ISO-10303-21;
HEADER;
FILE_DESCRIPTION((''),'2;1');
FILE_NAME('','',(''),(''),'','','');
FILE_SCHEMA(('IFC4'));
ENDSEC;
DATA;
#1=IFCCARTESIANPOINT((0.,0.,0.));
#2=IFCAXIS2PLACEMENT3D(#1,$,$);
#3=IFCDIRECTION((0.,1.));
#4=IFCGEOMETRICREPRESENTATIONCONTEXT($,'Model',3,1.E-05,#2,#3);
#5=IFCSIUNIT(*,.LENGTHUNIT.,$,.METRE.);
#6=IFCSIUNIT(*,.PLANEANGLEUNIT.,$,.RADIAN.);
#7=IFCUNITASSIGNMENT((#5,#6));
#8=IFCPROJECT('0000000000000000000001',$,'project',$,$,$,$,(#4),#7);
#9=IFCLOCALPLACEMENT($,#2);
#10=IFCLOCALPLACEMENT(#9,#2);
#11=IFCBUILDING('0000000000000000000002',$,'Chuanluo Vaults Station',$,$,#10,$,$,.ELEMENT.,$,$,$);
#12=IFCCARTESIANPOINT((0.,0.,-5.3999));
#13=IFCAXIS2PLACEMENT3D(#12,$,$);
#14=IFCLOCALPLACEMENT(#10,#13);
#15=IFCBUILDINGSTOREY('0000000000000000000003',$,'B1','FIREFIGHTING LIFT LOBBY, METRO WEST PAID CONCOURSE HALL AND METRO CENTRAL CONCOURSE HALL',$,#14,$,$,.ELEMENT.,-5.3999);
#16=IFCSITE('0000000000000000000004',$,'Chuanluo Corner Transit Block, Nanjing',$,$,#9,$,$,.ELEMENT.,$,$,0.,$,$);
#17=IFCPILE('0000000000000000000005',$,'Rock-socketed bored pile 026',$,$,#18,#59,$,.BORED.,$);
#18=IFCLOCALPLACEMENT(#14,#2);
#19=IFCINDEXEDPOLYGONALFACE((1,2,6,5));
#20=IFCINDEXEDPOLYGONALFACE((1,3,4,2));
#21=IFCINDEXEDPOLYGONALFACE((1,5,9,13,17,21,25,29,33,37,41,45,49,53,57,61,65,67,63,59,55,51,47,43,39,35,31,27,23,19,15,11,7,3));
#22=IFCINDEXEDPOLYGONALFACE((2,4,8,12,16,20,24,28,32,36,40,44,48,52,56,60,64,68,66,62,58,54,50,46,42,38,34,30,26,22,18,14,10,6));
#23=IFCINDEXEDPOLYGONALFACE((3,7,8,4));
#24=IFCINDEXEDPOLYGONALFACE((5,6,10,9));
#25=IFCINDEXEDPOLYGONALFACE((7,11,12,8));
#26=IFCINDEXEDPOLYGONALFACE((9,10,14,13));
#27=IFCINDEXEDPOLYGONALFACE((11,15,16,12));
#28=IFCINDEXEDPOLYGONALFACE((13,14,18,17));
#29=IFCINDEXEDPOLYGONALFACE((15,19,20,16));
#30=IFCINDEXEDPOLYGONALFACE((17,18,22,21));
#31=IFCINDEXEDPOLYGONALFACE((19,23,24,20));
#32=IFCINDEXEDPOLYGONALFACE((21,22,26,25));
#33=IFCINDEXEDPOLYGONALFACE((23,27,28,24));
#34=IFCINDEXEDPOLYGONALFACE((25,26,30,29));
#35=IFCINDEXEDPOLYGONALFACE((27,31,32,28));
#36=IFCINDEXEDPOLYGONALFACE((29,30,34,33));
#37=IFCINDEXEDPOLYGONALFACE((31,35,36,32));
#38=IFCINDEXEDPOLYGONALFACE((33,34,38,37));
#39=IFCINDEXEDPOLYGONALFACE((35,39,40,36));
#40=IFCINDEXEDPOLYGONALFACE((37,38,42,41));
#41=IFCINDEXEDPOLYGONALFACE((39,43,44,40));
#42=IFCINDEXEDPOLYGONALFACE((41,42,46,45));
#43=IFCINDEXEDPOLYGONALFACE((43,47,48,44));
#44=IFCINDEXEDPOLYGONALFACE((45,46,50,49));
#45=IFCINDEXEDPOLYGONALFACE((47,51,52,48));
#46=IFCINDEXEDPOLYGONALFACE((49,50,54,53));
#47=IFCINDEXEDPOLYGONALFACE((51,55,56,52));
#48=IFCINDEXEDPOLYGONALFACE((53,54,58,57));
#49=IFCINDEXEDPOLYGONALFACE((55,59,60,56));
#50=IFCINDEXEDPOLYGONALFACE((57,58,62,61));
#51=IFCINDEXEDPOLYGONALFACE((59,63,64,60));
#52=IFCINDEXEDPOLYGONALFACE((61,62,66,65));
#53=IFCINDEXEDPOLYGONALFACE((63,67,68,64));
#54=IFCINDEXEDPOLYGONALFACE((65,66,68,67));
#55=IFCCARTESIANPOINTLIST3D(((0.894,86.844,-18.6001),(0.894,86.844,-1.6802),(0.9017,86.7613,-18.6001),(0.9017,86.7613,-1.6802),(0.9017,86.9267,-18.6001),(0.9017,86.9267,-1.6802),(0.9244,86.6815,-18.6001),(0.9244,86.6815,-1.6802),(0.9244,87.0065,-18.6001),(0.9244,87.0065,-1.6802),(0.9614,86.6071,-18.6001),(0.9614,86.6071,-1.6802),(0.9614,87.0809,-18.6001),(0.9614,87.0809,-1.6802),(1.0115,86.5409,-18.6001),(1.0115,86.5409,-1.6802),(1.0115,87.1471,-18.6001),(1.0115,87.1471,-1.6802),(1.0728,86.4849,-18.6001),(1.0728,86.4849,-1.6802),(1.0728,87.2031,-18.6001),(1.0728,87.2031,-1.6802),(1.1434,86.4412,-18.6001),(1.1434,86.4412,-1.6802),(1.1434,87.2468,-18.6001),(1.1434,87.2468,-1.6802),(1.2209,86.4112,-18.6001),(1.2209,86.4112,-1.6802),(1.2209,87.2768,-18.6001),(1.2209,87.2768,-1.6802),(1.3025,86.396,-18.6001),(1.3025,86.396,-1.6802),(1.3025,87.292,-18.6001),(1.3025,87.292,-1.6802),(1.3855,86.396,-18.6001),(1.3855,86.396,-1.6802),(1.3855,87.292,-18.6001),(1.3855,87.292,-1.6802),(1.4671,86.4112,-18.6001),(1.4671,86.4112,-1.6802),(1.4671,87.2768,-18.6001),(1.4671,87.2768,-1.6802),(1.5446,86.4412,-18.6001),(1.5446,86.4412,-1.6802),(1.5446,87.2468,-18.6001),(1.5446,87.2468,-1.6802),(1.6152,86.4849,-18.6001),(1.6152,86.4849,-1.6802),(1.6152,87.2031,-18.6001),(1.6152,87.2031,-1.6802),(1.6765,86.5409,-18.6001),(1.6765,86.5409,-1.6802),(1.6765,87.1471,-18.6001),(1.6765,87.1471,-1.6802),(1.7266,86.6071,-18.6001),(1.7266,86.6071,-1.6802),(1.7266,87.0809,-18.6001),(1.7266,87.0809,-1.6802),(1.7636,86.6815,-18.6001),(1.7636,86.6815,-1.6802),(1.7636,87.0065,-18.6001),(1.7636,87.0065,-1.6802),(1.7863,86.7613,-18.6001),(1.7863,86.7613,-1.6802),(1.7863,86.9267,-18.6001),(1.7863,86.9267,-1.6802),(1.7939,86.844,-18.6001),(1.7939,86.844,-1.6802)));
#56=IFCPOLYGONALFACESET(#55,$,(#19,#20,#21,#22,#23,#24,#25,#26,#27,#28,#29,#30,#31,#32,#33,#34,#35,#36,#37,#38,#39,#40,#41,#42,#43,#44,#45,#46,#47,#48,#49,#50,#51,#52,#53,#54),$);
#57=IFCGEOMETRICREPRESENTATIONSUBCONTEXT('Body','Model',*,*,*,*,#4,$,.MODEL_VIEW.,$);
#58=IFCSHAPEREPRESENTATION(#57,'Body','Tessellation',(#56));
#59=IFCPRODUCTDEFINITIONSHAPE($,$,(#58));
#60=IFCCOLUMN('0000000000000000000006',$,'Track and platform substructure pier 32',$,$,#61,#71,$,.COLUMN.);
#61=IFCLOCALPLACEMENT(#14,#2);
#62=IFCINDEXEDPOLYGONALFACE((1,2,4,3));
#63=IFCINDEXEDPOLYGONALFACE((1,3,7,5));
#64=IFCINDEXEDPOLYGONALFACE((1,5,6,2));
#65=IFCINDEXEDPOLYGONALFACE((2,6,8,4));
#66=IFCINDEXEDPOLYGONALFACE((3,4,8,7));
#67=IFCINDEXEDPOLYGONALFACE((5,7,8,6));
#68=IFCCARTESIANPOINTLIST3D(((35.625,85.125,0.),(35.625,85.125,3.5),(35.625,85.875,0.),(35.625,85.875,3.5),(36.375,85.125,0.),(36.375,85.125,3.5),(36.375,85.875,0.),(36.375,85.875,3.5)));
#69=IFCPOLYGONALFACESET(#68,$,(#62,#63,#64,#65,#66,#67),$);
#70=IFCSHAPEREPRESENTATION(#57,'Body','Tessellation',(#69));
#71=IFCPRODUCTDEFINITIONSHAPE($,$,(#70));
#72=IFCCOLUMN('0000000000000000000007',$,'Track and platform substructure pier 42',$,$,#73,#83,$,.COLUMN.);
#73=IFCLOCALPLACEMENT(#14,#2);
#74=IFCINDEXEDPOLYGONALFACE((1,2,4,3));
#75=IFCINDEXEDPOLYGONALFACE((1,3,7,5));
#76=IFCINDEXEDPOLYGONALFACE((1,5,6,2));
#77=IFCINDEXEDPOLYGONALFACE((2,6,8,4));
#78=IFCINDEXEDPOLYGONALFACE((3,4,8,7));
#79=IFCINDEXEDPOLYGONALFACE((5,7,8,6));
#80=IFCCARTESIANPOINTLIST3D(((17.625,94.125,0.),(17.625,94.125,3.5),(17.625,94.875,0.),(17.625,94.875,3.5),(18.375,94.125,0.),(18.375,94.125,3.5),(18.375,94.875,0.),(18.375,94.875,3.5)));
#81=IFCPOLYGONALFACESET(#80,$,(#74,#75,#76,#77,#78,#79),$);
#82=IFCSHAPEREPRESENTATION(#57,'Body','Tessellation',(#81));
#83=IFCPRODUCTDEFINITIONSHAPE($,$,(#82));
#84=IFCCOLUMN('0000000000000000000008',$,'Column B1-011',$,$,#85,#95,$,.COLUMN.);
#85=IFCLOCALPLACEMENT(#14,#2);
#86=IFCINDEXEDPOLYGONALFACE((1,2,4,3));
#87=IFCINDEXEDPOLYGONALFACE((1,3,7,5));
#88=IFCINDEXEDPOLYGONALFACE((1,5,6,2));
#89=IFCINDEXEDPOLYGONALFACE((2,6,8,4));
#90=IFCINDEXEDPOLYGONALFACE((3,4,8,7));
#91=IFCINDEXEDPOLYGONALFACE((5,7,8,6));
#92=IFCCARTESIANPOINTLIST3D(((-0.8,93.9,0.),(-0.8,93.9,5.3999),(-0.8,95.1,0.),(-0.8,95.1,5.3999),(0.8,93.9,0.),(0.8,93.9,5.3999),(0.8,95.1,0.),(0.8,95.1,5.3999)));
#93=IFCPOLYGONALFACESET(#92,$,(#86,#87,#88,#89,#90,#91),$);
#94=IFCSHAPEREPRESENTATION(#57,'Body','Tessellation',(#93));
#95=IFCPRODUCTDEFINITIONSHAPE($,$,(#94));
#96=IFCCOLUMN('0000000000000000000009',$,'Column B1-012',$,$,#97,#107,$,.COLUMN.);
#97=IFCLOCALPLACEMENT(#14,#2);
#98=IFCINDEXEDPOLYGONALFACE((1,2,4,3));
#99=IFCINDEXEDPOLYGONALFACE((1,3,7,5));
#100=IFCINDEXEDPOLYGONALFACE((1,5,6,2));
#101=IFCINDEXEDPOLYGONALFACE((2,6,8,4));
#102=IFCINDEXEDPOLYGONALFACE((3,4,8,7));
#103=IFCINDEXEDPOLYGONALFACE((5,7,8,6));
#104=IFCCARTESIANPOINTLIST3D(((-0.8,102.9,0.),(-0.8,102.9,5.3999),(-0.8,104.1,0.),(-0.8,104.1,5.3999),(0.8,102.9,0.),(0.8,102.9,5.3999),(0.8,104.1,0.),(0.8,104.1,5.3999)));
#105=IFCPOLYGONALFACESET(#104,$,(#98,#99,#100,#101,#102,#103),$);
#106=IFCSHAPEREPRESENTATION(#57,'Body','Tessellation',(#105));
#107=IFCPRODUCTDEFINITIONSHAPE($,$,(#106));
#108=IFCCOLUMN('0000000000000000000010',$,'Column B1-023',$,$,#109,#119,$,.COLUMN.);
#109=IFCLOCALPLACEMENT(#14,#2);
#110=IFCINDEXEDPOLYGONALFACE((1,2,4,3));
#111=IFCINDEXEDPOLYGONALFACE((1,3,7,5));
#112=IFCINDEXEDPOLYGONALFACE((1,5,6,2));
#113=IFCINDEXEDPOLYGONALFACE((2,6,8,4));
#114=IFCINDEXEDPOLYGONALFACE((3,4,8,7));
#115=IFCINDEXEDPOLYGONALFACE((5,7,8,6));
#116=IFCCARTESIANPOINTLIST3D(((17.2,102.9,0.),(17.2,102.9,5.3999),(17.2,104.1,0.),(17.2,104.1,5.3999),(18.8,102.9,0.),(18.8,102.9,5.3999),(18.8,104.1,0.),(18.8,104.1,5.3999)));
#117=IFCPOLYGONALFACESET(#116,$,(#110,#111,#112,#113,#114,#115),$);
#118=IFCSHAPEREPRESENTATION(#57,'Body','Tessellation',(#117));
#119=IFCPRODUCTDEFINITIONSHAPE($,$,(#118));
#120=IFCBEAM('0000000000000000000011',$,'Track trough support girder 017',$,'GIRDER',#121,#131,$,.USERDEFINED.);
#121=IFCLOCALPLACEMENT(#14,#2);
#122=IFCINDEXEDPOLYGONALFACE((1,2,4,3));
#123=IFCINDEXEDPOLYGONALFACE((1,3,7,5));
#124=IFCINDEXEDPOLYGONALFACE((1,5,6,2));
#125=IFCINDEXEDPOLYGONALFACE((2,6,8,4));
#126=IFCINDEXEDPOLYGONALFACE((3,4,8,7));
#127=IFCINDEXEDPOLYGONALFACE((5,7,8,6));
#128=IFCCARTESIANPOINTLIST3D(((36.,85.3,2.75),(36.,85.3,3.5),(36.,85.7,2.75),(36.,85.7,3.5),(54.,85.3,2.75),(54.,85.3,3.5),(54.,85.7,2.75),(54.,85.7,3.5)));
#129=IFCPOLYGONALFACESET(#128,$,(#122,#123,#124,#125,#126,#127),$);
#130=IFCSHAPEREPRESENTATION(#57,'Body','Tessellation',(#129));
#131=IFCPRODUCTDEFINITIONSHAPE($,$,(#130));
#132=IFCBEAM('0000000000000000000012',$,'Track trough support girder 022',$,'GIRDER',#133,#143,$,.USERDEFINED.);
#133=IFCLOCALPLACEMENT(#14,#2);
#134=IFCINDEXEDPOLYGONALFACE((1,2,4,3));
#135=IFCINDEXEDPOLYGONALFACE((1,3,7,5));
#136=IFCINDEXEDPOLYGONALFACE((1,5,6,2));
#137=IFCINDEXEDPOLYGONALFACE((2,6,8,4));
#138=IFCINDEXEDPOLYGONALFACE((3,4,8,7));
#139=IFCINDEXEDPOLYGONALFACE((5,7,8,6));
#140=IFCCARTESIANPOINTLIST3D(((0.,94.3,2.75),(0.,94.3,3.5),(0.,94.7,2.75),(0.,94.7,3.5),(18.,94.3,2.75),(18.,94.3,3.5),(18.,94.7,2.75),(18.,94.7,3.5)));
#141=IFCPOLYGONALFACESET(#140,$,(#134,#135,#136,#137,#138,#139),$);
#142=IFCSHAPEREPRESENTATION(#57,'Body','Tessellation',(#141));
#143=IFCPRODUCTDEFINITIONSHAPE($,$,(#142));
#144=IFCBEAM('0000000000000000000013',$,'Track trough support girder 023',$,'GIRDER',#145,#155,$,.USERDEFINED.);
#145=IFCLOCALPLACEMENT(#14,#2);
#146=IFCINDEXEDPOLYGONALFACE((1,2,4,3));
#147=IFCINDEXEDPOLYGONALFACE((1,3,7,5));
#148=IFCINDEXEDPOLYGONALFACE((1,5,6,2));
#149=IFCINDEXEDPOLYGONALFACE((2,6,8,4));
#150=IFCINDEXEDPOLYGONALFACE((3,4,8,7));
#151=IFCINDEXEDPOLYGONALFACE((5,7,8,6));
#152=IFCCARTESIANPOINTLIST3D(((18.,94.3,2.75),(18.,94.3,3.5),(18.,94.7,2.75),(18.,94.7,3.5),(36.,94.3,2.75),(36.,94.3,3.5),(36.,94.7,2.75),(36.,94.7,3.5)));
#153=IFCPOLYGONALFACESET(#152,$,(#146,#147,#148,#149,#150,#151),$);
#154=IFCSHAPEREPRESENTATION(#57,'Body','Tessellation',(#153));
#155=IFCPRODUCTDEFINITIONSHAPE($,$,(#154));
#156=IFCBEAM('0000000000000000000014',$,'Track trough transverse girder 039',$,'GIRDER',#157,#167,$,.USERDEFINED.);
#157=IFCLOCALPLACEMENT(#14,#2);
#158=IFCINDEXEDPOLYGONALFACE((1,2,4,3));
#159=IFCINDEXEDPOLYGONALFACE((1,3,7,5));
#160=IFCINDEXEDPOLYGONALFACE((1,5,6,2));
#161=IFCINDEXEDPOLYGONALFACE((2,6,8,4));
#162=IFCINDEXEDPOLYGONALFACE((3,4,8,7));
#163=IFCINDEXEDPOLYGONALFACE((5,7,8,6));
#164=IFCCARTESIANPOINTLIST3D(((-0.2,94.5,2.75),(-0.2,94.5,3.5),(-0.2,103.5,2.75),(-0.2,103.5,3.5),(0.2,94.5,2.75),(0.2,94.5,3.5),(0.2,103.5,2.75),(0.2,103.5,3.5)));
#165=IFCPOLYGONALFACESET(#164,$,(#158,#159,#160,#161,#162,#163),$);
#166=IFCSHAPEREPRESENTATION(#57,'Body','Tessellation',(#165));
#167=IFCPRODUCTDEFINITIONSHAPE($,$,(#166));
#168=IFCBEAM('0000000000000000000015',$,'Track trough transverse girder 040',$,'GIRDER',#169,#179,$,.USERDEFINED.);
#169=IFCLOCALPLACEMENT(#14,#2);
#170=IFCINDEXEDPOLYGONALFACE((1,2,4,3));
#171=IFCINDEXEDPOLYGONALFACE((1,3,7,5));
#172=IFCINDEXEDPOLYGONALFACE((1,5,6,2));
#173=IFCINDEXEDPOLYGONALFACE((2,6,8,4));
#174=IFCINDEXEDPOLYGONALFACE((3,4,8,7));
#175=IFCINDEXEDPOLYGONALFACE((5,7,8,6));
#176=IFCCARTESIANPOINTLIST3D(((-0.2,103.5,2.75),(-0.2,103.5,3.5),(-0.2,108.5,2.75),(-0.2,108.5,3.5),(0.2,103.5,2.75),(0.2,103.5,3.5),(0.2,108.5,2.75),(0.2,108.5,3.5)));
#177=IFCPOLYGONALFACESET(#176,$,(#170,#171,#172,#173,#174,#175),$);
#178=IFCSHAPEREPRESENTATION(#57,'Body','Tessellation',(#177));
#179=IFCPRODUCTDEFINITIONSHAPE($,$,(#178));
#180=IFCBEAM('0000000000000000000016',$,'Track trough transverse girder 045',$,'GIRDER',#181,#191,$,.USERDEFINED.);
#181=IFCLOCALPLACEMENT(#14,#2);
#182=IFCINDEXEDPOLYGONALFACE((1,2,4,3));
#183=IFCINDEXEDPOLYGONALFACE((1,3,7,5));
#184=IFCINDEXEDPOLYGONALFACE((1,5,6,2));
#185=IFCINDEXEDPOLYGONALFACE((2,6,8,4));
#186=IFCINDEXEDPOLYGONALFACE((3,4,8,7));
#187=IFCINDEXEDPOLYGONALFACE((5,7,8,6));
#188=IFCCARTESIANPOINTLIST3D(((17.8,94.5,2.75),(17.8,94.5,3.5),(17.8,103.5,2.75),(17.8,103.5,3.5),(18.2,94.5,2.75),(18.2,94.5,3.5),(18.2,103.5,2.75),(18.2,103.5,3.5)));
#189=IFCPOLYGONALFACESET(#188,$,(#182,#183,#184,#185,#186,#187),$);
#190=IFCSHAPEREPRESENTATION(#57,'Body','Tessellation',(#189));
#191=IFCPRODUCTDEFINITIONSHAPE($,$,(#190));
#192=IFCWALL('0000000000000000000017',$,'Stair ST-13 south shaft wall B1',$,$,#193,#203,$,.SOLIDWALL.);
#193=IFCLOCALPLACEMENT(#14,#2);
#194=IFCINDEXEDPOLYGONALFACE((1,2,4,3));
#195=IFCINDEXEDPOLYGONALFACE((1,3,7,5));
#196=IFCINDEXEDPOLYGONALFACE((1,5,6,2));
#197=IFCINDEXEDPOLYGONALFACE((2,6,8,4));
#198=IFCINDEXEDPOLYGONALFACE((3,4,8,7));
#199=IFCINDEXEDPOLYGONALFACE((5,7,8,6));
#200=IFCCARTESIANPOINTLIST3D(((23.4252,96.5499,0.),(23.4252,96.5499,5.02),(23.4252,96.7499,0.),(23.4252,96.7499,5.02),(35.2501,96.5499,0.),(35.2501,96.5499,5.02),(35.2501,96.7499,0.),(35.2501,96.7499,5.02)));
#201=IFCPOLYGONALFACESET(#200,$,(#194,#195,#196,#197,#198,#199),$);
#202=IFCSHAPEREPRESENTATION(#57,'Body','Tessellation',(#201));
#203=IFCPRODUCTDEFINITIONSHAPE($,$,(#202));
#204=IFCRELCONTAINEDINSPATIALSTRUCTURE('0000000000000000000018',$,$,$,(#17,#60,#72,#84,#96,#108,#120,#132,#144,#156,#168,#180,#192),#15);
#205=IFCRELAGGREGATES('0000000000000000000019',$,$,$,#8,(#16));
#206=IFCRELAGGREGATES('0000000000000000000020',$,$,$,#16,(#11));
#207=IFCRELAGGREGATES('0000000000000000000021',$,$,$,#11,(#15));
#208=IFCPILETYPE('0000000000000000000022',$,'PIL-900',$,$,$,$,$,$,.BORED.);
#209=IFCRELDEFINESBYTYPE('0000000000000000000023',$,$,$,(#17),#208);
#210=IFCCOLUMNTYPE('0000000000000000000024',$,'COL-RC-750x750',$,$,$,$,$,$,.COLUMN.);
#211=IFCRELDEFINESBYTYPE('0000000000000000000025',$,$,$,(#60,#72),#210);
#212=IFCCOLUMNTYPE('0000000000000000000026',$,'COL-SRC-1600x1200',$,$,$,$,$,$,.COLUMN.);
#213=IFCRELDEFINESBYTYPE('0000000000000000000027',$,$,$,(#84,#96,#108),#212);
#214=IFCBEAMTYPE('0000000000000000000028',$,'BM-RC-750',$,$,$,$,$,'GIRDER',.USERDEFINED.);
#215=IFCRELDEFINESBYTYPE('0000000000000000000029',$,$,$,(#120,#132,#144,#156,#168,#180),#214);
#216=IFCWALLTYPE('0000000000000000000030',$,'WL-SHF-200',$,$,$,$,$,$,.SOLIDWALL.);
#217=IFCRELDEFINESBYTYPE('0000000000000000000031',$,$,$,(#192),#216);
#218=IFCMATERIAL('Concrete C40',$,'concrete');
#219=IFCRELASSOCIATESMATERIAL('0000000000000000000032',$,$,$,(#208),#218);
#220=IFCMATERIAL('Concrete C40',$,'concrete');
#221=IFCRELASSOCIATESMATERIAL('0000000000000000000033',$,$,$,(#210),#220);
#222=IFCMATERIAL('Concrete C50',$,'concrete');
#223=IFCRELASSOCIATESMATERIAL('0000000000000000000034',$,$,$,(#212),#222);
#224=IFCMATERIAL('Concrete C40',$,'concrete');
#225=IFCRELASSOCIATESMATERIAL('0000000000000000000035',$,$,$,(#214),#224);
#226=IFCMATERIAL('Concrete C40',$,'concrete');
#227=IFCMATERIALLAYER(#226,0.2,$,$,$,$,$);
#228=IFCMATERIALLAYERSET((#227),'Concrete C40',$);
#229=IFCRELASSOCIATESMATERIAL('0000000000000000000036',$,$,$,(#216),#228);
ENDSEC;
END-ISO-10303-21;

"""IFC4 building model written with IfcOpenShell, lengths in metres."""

from ifc_helpers import new_model, si_unit, direction, frame, frame_2d, origin, origin_2d, place, context, subcontext, project, spatial, rectangle, circle, extrude, material, layer, layer_set, material_profile, profile_set, type_object, element, save


model = new_model("IFC4")

# Units and contexts
model_context = context("Model", 3, precision=1e-05, world=origin(), true_north=direction((0.0, 1.0)))
body_context = subcontext(model_context, "Body", "Model", "MODEL_VIEW")
ifc_project = project(units=[si_unit("LENGTHUNIT", "METRE"), si_unit("PLANEANGLEUNIT", "RADIAN")], contexts=[model_context])

# Site, building, storey
site_placement = place(None, origin())
site = spatial("IfcSite", under=ifc_project, at=site_placement, Name="Chuanluo Corner Transit Block, Nanjing", CompositionType="ELEMENT", RefElevation=0.0)
building_placement = place(site_placement, origin())
building = spatial("IfcBuilding", under=site, at=building_placement, Name="Chuanluo Vaults Station", CompositionType="ELEMENT")
storey_placement = place(building_placement, frame((0.0, 0.0, -5.3999)))
storey = spatial("IfcBuildingStorey", under=building, at=storey_placement, Name="B1", Description="FIREFIGHTING LIFT LOBBY, METRO WEST PAID CONCOURSE HALL AND METRO CENTRAL CONCOURSE HALL", CompositionType="ELEMENT", Elevation=-5.3999)

# Pile
ifc_material_1 = material(Name="Concrete C40", Category="concrete")
ifc_material_profile_1 = material_profile(ifc_material_1, circle(Radius=0.45, at=origin_2d()))
ifc_profile_set_1 = profile_set([ifc_material_profile_1], Name="Concrete C40")
pile_type_1 = type_object("IfcPileType", Name="PIL-900", PredefinedType="BORED", material=ifc_profile_set_1)
for number, where, z_axis, x_axis, name in (
    (1, (1.344, 86.844, -1.6802), (0.0, 0.0, -1.0), (1.0, 0.0, 0.0), "Rock-socketed bored pile 026"),
):
    element("IfcPile", number, at=place(storey_placement, frame(where, z_axis=z_axis, x_axis=x_axis)), inside=storey, type_object=pile_type_1, Name=name, PredefinedType="BORED", context=body_context, shape_type="SweptSolid", body=[
        extrude(circle(Radius=0.45, at=origin_2d()), origin(), (0.0, 0.0, 1.0), 16.9199),
    ])

# Columns
ifc_material_2 = material(Name="Concrete C40", Category="concrete")
ifc_material_profile_2 = material_profile(ifc_material_2, rectangle(XDim=0.75, YDim=0.75, at=origin_2d()))
ifc_profile_set_2 = profile_set([ifc_material_profile_2], Name="Concrete C40")
column_type_1 = type_object("IfcColumnType", Name="COL-RC-750x750", PredefinedType="COLUMN", material=ifc_profile_set_2)
for number, where, z_axis, x_axis, name in (
    (2, (36.0, 85.5, 0.0), (0.0, 0.0, 1.0), (1.0, 0.0, 0.0), "Track and platform substructure pier 32"),
    (3, (18.0, 94.5, 0.0), (0.0, 0.0, 1.0), (1.0, 0.0, 0.0), "Track and platform substructure pier 42"),
):
    element("IfcColumn", number, at=place(storey_placement, frame(where, z_axis=z_axis, x_axis=x_axis)), inside=storey, type_object=column_type_1, Name=name, PredefinedType="COLUMN", context=body_context, shape_type="SweptSolid", body=[
        extrude(rectangle(XDim=0.75, YDim=0.75, at=origin_2d()), origin(), (0.0, 0.0, 1.0), 3.5),
    ])
ifc_material_3 = material(Name="Concrete C50", Category="concrete")
ifc_material_profile_3 = material_profile(ifc_material_3, rectangle(XDim=1.6001, YDim=1.2, at=origin_2d()))
ifc_profile_set_3 = profile_set([ifc_material_profile_3], Name="Concrete C50")
column_type_2 = type_object("IfcColumnType", Name="COL-SRC-1600x1200", PredefinedType="COLUMN", material=ifc_profile_set_3)
for number, where, z_axis, x_axis, name in (
    (4, (0.0, 94.5, 0.0), (0.0, 0.0, 1.0), (1.0, 0.0, 0.0), "Column B1-011"),
    (5, (0.0, 103.5, 0.0), (0.0, 0.0, 1.0), (1.0, 0.0, 0.0), "Column B1-012"),
    (6, (18.0, 103.5, 0.0), (0.0, 0.0, 1.0), (1.0, 0.0, 0.0), "Column B1-023"),
):
    element("IfcColumn", number, at=place(storey_placement, frame(where, z_axis=z_axis, x_axis=x_axis)), inside=storey, type_object=column_type_2, Name=name, PredefinedType="COLUMN", context=body_context, shape_type="SweptSolid", body=[
        extrude(rectangle(XDim=1.6001, YDim=1.2, at=origin_2d()), origin(), (0.0, 0.0, 1.0), 5.3999),
    ])

# Beams
ifc_material_4 = material(Name="Concrete C40", Category="concrete")
ifc_material_profile_4 = material_profile(ifc_material_4, rectangle(XDim=0.3999, YDim=0.75, at=origin_2d()))
ifc_profile_set_4 = profile_set([ifc_material_profile_4], Name="Concrete C40")
beam_type = type_object("IfcBeamType", Name="BM-RC-750", ElementType="GIRDER", PredefinedType="USERDEFINED", material=ifc_profile_set_4)
for number, where, z_axis, x_axis, name in (
    (7, (36.0, 85.5, 3.125), (1.0, 0.0, 0.0), (0.0, 1.0, 0.0), "Track trough support girder 017"),
    (8, (0.0, 94.5, 3.125), (1.0, 0.0, 0.0), (0.0, 1.0, 0.0), "Track trough support girder 022"),
    (9, (18.0, 94.5, 3.125), (1.0, 0.0, 0.0), (0.0, 1.0, 0.0), "Track trough support girder 023"),
):
    element("IfcBeam", number, at=place(storey_placement, frame(where, z_axis=z_axis, x_axis=x_axis)), inside=storey, type_object=beam_type, Name=name, ObjectType="GIRDER", PredefinedType="USERDEFINED", context=body_context, shape_type="SweptSolid", body=[
        extrude(rectangle(XDim=0.3999, YDim=0.75, at=origin_2d()), origin(), (0.0, 0.0, 1.0), 18.0),
    ])
beam_1_placement = place(storey_placement, frame((0.0, 94.5, 3.125), z_axis=(0.0, 1.0, 0.0), x_axis=(-1.0, 0.0, 0.0)))
element("IfcBeam", 10, at=beam_1_placement, inside=storey, type_object=beam_type, Name="Track trough transverse girder 039", ObjectType="GIRDER", PredefinedType="USERDEFINED", context=body_context, shape_type="SweptSolid", body=[
    extrude(rectangle(XDim=0.3999, YDim=0.75, at=origin_2d()), origin(), (0.0, 0.0, 1.0), 9.0),
])
beam_2_placement = place(storey_placement, frame((0.0, 103.5, 3.125), z_axis=(0.0, 1.0, 0.0), x_axis=(-1.0, 0.0, 0.0)))
element("IfcBeam", 11, at=beam_2_placement, inside=storey, type_object=beam_type, Name="Track trough transverse girder 040", ObjectType="GIRDER", PredefinedType="USERDEFINED", context=body_context, shape_type="SweptSolid", body=[
    extrude(rectangle(XDim=0.3999, YDim=0.75, at=origin_2d()), origin(), (0.0, 0.0, 1.0), 5.0),
])
beam_3_placement = place(storey_placement, frame((18.0, 94.5, 3.125), z_axis=(0.0, 1.0, 0.0), x_axis=(-1.0, 0.0, 0.0)))
element("IfcBeam", 12, at=beam_3_placement, inside=storey, type_object=beam_type, Name="Track trough transverse girder 045", ObjectType="GIRDER", PredefinedType="USERDEFINED", context=body_context, shape_type="SweptSolid", body=[
    extrude(rectangle(XDim=0.3999, YDim=0.75, at=origin_2d()), origin(), (0.0, 0.0, 1.0), 9.0),
])

# Wall
ifc_material_5 = material(Name="Concrete C40", Category="concrete")
ifc_layer = layer(ifc_material_5, 0.2)
ifc_layer_set = layer_set([ifc_layer], Name="Concrete C40")
wall_type = type_object("IfcWallType", Name="WL-SHF-200", PredefinedType="SOLIDWALL", material=ifc_layer_set)
for number, where, z_axis, x_axis, name in (
    (13, (23.425, 96.6499, 0.0), (0.0, 0.0, 1.0), (1.0, 0.0, 0.0), "Stair ST-13 south shaft wall B1"),
):
    element("IfcWall", number, at=place(storey_placement, frame(where, z_axis=z_axis, x_axis=x_axis)), inside=storey, type_object=wall_type, Name=name, PredefinedType="SOLIDWALL", context=body_context, shape_type="SweptSolid", body=[
        extrude(rectangle(XDim=11.825, YDim=0.2, at=frame_2d((5.9126, 0.0))), origin(), (0.0, 0.0, 1.0), 5.02),
    ])

save(model, "model.ifc")
